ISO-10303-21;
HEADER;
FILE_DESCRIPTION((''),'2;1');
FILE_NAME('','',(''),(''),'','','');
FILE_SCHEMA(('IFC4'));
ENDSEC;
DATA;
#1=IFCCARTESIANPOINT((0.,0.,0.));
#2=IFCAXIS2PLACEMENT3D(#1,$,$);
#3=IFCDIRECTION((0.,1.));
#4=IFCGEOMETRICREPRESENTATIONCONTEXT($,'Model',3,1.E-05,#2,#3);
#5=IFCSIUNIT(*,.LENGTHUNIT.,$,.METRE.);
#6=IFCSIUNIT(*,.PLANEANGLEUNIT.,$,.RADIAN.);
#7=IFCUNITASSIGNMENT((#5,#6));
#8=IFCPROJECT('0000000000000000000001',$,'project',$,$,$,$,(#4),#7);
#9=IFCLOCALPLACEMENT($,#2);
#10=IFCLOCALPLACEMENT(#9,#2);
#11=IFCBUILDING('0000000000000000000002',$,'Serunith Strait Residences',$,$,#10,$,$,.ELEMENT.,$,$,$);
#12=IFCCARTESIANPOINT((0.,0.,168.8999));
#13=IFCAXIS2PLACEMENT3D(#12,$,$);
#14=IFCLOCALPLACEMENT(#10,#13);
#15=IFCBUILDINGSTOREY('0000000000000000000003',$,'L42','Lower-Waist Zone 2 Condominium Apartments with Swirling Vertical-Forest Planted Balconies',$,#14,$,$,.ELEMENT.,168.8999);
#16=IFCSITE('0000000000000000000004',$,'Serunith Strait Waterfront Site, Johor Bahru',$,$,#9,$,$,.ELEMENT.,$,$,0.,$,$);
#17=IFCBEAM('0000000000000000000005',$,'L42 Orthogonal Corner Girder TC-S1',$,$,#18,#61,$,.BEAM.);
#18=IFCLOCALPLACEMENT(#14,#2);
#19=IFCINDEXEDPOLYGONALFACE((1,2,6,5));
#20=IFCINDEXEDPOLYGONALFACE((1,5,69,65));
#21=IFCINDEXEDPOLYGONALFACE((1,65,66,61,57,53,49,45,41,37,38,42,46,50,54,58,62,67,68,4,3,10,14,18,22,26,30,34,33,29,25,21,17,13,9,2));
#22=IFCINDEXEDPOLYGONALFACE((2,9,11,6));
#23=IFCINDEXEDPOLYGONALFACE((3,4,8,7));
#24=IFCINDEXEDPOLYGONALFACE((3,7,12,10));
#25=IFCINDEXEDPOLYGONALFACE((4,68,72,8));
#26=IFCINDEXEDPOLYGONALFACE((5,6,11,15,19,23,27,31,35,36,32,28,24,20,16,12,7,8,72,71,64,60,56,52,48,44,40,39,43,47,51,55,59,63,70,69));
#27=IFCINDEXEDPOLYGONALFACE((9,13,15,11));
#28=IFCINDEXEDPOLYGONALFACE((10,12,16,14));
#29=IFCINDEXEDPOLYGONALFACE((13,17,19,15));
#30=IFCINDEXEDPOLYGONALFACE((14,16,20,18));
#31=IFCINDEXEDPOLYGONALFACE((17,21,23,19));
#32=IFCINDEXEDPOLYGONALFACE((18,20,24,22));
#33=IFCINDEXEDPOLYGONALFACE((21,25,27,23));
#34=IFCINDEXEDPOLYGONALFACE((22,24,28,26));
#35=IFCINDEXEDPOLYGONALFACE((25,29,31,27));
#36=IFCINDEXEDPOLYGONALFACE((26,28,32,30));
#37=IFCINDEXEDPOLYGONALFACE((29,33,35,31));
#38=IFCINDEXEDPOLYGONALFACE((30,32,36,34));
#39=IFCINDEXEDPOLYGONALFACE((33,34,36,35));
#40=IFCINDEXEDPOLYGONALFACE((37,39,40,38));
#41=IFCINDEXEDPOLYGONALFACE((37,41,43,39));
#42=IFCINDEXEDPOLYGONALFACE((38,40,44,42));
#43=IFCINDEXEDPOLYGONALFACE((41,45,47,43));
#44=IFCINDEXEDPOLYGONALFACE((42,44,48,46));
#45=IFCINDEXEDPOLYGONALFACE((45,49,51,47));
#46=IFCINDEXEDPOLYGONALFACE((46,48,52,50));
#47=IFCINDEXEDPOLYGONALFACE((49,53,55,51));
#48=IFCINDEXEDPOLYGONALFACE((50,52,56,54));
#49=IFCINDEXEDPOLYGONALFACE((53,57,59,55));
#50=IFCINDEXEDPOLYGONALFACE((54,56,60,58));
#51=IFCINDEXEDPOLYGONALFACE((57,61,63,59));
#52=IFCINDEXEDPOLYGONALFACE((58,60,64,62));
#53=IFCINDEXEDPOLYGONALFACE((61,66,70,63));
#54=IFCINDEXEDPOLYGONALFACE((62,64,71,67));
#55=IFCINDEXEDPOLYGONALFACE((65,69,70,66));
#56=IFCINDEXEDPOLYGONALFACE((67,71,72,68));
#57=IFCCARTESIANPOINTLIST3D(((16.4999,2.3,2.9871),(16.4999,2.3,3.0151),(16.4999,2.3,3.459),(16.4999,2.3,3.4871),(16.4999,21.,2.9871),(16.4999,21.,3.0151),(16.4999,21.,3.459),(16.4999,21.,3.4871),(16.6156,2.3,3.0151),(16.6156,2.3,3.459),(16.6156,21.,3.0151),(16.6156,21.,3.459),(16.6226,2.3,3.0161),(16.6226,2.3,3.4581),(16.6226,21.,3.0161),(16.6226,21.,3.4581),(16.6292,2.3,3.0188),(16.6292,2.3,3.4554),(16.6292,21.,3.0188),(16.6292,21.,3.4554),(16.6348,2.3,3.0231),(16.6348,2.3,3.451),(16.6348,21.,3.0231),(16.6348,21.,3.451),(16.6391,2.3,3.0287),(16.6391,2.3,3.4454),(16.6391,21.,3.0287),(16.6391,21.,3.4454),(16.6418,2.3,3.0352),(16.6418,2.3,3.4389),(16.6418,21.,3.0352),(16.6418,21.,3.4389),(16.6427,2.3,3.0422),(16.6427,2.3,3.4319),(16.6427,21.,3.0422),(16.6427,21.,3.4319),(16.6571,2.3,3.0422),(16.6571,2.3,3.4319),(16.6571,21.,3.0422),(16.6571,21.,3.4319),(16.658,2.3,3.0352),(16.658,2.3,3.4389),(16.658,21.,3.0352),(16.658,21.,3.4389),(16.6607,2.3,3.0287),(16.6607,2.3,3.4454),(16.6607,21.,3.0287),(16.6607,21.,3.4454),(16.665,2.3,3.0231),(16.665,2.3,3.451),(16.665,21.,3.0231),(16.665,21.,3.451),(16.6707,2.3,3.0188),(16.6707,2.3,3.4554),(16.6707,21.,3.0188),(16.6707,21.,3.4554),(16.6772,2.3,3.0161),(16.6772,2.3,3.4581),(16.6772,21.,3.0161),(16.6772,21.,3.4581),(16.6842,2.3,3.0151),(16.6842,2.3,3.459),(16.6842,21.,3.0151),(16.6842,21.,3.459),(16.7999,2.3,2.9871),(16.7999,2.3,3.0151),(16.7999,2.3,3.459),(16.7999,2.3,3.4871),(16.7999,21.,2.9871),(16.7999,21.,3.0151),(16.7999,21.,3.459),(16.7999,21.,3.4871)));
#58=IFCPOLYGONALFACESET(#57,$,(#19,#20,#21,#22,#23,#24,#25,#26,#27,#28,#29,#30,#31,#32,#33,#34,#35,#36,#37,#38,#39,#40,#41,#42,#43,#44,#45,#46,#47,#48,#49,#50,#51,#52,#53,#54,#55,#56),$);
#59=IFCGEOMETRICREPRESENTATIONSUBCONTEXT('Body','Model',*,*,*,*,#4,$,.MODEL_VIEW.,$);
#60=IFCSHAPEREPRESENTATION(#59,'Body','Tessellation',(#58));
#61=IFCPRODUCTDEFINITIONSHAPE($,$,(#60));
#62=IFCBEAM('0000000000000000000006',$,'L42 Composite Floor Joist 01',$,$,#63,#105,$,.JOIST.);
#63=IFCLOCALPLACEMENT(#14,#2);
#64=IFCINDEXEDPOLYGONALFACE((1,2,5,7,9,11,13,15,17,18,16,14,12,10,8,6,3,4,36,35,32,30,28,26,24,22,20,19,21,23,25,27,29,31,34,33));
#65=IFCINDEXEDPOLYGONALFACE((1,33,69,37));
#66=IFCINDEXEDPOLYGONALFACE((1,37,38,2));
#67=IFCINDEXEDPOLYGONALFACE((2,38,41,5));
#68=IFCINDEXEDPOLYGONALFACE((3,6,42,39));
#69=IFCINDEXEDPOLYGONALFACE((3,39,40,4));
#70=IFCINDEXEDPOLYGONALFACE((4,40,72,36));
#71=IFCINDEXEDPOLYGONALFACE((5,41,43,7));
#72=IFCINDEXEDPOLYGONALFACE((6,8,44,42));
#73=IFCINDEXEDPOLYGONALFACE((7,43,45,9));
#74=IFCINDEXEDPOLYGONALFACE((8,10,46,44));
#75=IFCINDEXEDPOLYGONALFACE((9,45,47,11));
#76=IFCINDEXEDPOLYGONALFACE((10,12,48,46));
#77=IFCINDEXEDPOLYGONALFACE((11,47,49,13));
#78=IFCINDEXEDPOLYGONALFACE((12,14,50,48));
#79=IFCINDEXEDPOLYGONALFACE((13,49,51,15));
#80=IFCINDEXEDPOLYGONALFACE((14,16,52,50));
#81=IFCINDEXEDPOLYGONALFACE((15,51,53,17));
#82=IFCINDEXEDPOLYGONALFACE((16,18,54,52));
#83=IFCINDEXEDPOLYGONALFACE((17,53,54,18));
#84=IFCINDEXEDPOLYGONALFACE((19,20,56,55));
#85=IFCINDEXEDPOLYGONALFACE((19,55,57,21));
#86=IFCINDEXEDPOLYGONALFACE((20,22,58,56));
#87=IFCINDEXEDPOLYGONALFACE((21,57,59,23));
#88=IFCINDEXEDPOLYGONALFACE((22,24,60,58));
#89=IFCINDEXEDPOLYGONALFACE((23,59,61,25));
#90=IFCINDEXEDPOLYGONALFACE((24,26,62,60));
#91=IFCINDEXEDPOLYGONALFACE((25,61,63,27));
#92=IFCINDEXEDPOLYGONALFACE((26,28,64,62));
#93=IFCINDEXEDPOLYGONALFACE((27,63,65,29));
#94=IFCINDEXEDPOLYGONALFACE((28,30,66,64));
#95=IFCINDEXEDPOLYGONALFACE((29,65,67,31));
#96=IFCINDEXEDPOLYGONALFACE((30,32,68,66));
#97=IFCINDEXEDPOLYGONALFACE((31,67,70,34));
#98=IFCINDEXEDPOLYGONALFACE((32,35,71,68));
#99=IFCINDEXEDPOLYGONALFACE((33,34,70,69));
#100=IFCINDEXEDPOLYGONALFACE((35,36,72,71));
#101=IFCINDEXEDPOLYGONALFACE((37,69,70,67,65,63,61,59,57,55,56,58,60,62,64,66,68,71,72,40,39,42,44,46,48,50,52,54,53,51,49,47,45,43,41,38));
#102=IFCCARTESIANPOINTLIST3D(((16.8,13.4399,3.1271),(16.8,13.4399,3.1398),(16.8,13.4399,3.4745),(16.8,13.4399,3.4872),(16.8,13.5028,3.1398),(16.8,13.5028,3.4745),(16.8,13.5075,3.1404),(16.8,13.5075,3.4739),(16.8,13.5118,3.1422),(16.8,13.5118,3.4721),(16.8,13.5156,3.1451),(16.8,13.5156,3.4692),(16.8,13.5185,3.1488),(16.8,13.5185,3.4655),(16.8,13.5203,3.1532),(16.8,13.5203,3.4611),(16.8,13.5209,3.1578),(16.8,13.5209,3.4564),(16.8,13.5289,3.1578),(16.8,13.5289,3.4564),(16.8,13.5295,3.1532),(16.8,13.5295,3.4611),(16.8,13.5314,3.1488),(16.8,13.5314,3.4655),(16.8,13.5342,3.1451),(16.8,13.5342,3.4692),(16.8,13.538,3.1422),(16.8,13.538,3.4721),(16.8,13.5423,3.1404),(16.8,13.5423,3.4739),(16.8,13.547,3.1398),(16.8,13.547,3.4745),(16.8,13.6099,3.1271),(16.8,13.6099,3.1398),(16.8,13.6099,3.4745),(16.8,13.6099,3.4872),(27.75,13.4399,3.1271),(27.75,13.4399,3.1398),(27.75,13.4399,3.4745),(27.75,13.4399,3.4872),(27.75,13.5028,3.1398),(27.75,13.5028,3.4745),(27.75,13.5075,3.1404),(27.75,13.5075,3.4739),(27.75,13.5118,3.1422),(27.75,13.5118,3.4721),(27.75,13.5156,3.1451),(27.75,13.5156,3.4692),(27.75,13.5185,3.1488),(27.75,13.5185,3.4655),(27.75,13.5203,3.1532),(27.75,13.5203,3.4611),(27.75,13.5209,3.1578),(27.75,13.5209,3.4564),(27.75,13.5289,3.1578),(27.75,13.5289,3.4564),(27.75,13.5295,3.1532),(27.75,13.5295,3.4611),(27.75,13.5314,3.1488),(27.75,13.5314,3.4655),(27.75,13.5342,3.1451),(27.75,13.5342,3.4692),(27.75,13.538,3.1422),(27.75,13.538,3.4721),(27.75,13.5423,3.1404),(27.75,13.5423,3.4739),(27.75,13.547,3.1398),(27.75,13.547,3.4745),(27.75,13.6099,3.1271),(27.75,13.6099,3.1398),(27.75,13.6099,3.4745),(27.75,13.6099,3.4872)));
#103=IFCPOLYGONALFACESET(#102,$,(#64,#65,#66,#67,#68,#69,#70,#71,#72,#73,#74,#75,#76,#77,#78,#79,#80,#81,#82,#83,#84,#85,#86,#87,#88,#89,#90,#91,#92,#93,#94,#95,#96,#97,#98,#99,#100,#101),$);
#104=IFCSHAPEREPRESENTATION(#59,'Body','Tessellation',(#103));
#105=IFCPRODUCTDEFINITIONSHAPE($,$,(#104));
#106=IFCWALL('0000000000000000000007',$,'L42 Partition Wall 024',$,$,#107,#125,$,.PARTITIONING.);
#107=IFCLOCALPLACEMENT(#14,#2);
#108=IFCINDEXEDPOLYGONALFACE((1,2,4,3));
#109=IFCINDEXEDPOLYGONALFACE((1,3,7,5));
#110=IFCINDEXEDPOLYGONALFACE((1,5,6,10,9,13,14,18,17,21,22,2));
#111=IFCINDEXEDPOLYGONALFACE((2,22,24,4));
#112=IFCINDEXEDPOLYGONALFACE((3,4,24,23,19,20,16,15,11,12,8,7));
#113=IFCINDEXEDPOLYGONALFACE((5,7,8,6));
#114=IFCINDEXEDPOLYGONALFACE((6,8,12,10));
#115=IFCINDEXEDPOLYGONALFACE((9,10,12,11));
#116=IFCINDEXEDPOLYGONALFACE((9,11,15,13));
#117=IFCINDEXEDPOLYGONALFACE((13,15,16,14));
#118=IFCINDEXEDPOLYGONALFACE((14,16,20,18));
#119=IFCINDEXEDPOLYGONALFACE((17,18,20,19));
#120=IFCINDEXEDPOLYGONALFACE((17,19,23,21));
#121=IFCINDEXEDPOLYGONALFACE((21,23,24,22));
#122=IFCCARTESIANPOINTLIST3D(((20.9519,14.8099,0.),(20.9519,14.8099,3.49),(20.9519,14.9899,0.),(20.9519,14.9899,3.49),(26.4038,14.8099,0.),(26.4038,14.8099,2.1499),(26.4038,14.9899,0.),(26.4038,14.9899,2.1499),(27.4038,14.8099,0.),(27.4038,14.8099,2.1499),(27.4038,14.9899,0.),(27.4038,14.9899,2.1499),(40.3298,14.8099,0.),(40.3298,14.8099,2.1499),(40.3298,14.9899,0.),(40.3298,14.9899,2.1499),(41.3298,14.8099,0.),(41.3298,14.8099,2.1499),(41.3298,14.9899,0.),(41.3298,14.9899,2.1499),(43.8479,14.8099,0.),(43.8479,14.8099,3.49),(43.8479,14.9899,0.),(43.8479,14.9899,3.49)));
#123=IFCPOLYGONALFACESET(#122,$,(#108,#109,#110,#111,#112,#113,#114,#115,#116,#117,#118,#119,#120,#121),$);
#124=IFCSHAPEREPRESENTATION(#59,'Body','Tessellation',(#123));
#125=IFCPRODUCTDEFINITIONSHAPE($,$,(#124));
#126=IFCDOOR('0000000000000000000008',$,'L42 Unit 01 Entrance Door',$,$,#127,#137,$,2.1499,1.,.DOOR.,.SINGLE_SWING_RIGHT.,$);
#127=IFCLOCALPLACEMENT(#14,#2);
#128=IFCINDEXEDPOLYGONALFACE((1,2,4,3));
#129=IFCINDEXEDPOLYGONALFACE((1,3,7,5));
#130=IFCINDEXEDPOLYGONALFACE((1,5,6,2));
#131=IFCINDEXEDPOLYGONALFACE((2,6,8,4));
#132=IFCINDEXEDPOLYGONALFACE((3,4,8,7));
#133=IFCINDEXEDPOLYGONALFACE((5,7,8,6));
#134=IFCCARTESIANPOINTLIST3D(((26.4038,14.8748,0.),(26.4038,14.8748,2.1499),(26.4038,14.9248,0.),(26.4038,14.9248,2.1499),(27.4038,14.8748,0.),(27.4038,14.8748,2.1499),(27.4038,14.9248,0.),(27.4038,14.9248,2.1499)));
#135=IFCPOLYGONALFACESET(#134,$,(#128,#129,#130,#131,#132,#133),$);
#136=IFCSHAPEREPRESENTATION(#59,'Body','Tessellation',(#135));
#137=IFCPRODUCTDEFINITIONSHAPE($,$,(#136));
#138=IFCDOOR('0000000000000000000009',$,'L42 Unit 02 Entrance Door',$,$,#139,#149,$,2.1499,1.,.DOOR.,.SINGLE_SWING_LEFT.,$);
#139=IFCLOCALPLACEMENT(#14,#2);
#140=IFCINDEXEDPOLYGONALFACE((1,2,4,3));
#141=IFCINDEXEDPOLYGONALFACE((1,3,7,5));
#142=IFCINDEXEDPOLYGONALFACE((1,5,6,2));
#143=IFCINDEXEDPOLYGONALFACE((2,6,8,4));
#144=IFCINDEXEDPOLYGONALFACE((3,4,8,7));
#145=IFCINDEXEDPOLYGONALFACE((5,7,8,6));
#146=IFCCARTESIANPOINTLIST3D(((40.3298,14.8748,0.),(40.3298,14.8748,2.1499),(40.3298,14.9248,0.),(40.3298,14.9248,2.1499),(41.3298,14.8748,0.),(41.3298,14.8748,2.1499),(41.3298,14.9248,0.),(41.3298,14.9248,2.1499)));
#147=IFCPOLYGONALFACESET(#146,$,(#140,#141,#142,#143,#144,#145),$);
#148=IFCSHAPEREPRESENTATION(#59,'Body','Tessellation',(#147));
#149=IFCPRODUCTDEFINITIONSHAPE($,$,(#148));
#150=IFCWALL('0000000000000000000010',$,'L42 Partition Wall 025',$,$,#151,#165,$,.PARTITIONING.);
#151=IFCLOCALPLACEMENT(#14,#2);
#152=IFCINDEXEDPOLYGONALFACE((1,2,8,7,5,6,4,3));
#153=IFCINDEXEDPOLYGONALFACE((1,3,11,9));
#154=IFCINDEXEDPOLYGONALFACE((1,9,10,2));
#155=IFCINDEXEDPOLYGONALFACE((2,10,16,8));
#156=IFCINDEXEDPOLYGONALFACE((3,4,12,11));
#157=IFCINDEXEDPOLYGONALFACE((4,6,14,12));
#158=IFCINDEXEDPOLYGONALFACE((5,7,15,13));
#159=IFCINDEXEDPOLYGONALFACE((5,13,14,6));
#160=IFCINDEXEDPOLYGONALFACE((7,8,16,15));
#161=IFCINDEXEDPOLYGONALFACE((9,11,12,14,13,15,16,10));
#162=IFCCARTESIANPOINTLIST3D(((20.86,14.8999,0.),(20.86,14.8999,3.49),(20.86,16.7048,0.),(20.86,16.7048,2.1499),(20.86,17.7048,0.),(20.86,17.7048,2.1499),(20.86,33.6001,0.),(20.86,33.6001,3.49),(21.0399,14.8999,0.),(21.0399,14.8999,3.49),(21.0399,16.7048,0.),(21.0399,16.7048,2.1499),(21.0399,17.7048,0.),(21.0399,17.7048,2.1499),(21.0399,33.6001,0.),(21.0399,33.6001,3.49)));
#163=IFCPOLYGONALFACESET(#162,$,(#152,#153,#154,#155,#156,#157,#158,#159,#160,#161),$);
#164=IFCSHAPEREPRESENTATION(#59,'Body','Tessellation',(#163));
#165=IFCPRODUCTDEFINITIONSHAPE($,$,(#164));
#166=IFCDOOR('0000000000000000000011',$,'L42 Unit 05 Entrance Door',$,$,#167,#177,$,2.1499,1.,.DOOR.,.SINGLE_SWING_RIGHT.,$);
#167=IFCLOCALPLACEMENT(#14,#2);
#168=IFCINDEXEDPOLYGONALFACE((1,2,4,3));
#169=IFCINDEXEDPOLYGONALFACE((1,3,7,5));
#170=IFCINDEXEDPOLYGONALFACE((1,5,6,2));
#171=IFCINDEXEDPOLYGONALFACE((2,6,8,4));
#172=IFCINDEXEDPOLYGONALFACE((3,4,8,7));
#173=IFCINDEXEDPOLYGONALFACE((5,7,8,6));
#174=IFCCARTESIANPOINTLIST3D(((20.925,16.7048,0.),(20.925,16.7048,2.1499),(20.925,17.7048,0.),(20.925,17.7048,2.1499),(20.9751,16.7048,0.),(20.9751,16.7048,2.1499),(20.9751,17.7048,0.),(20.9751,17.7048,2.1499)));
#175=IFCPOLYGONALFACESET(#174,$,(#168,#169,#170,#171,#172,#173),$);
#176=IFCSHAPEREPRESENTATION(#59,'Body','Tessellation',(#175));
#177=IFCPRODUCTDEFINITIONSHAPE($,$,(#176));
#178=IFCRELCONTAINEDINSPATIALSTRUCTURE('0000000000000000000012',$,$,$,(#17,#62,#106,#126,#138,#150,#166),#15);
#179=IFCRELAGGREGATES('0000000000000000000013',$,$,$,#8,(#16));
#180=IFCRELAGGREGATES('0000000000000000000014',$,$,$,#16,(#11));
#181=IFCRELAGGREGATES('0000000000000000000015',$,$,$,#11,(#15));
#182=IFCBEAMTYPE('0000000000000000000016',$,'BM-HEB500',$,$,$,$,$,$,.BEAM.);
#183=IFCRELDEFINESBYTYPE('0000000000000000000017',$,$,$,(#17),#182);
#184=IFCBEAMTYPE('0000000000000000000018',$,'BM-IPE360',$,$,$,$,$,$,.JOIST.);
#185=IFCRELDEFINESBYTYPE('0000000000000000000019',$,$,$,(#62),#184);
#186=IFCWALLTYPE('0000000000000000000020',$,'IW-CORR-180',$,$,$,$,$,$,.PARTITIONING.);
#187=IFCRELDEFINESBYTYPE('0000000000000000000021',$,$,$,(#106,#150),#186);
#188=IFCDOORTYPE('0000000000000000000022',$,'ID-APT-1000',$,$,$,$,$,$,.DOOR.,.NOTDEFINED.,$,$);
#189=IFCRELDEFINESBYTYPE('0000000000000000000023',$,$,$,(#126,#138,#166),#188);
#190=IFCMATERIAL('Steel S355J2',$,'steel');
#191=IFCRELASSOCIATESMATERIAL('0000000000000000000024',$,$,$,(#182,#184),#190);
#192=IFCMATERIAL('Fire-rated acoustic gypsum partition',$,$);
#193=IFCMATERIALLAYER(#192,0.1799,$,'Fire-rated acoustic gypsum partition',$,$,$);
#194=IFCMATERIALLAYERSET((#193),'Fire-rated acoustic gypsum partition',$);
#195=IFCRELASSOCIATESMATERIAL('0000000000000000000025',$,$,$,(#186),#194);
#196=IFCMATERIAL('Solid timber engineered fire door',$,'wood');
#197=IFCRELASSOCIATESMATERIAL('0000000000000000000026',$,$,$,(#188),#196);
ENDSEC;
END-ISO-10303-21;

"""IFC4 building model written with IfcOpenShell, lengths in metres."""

from ifc_helpers import new_model, si_unit, direction, frame, frame_2d, origin, origin_2d, place, context, subcontext, project, spatial, rectangle, i_section, extrude, source, transform, mapped, material, layer, layer_set, material_profile, profile_set, type_object, element, fill, save


model = new_model("IFC4")

# Units and contexts
model_context = context("Model", 3, precision=1e-05, world=origin(), true_north=direction((0.0, 1.0)))
body_context = subcontext(model_context, "Body", "Model", "MODEL_VIEW")
ifc_project = project(units=[si_unit("LENGTHUNIT", "METRE"), si_unit("PLANEANGLEUNIT", "RADIAN")], contexts=[model_context])

# Site, building, storey
site_placement = place(None, origin())
site = spatial("IfcSite", under=ifc_project, at=site_placement, Name="Serunith Strait Waterfront Site, Johor Bahru", CompositionType="ELEMENT", RefElevation=0.0)
building_placement = place(site_placement, origin())
building = spatial("IfcBuilding", under=site, at=building_placement, Name="Serunith Strait Residences", CompositionType="ELEMENT")
storey_placement = place(building_placement, frame((0.0, 0.0, 168.8999)))
storey = spatial("IfcBuildingStorey", under=building, at=storey_placement, Name="L42", Description="Lower-Waist Zone 2 Condominium Apartments with Swirling Vertical-Forest Planted Balconies", CompositionType="ELEMENT", Elevation=168.8999)

# Beams
ifc_material_1 = material(Name="Steel S355J2", Category="steel")
ifc_material_profile_1 = material_profile(ifc_material_1, i_section(OverallWidth=0.3, OverallDepth=0.5, WebThickness=0.0144, FlangeThickness=0.0281, FilletRadius=0.0271, at=origin_2d()), Name="HEB 500")
ifc_profile_set_1 = profile_set([ifc_material_profile_1], Name="Steel S355J2")
beam_type_1 = type_object("IfcBeamType", Name="BM-HEB500", PredefinedType="BEAM", material=ifc_profile_set_1)
shared_shape_1 = source(origin(), body_context, "Body", "SweptSolid", [
    extrude(i_section(OverallWidth=0.3, OverallDepth=0.5, WebThickness=0.0144, FlangeThickness=0.0281, FilletRadius=0.0271, at=origin_2d()), origin(), (0.0, 0.0, 1.0), 18.7),
])
beam_1_placement = place(storey_placement, frame((16.6499, 21.0, 3.2371), z_axis=(0.0, -1.0, 0.0), x_axis=(1.0, 0.0, 0.0)))
element("IfcBeam", 1, at=beam_1_placement, inside=storey, type_object=beam_type_1, Name="L42 Orthogonal Corner Girder TC-S1", PredefinedType="BEAM", context=body_context, shape_type="MappedRepresentation", body=[
    mapped(shared_shape_1, transform((0.0, 0.0, 0.0), scale=1.0)),
])
ifc_material_profile_2 = material_profile(ifc_material_1, i_section(OverallWidth=0.1699, OverallDepth=0.3601, WebThickness=0.0081, FlangeThickness=0.0127, FilletRadius=0.0181, at=origin_2d()), Name="IPE 360")
ifc_profile_set_2 = profile_set([ifc_material_profile_2], Name="Steel S355J2")
beam_type_2 = type_object("IfcBeamType", Name="BM-IPE360", PredefinedType="JOIST", material=ifc_profile_set_2)
shared_shape_2 = source(origin(), body_context, "Body", "SweptSolid", [
    extrude(i_section(OverallWidth=0.1699, OverallDepth=0.3601, WebThickness=0.0081, FlangeThickness=0.0127, FilletRadius=0.0181, at=origin_2d()), origin(), (0.0, 0.0, 1.0), 10.95),
])
beam_2_placement = place(storey_placement, frame((16.8, 13.5249, 3.3071), z_axis=(1.0, 0.0, 0.0), x_axis=(0.0, 1.0, 0.0)))
element("IfcBeam", 2, at=beam_2_placement, inside=storey, type_object=beam_type_2, Name="L42 Composite Floor Joist 01", PredefinedType="JOIST", context=body_context, shape_type="MappedRepresentation", body=[
    mapped(shared_shape_2, transform((0.0, 0.0, 0.0), scale=1.0)),
])

# Wall, openings, doors
ifc_material_2 = material(Name="Fire-rated acoustic gypsum partition")
ifc_layer_1 = layer(ifc_material_2, 0.1799, Name="Fire-rated acoustic gypsum partition")
ifc_layer_set_1 = layer_set([ifc_layer_1], Name="Fire-rated acoustic gypsum partition")
wall_type_1 = type_object("IfcWallType", Name="IW-CORR-180", PredefinedType="PARTITIONING", material=ifc_layer_set_1)
wall_1_placement = place(storey_placement, frame((20.9519, 14.8999, 0.0), z_axis=(0.0, 0.0, 1.0), x_axis=(1.0, 0.0, 0.0)))
wall_1 = element("IfcWall", 3, at=wall_1_placement, inside=storey, type_object=wall_type_1, Name="L42 Partition Wall 024", PredefinedType="PARTITIONING", context=body_context, shape_type="SweptSolid", body=[
    extrude(rectangle(XDim=22.896, YDim=0.1799, at=frame_2d((11.448, 0.0))), origin(), (0.0, 0.0, 1.0), 3.49),
])
opening_1_placement = place(wall_1_placement, frame((5.4519, 0.0, 0.0)))
opening_1 = element("IfcOpeningElement", 4, at=opening_1_placement, cuts=wall_1, PredefinedType="OPENING", context=body_context, shape_type="SweptSolid", body=[
    extrude(rectangle(XDim=1.0, YDim=2.1499, at=frame_2d((0.5, 1.075))), frame((0.0, 0.1001, 0.0), z_axis=(0.0, -1.0, 0.0), x_axis=(1.0, 0.0, 0.0)), (0.0, 0.0, 1.0), 0.2),
])
opening_2_placement = place(wall_1_placement, frame((19.3779, 0.0, 0.0)))
opening_2 = element("IfcOpeningElement", 5, at=opening_2_placement, cuts=wall_1, PredefinedType="OPENING", context=body_context, shape_type="SweptSolid", body=[
    extrude(rectangle(XDim=1.0, YDim=2.1499, at=frame_2d((0.5, 1.075))), frame((0.0, 0.1001, 0.0), z_axis=(0.0, -1.0, 0.0), x_axis=(1.0, 0.0, 0.0)), (0.0, 0.0, 1.0), 0.2),
])
ifc_material_3 = material(Name="Solid timber engineered fire door", Category="wood")
door_type_1 = type_object("IfcDoorType", Name="ID-APT-1000", OperationType="NOTDEFINED", PredefinedType="DOOR", material=ifc_material_3)
shared_shape_3 = source(origin(), body_context, "Body", "SweptSolid", [
    extrude(rectangle(XDim=1.0, YDim=2.1499, at=frame_2d((0.5, 1.075))), frame((0.0, 0.0249, 0.0), z_axis=(0.0, -1.0, 0.0), x_axis=(1.0, 0.0, 0.0)), (0.0, 0.0, 1.0), 0.05),
])
door_1_placement = place(opening_1_placement, origin())
door_1 = element("IfcDoor", 6, at=door_1_placement, inside=storey, type_object=door_type_1, Name="L42 Unit 01 Entrance Door", OperationType="SINGLE_SWING_RIGHT", OverallHeight=2.1499, OverallWidth=1.0, PredefinedType="DOOR", context=body_context, shape_type="MappedRepresentation", body=[
    mapped(shared_shape_3, transform((0.0, 0.0, 0.0), scale=1.0)),
])
fill(opening_1, door_1)
door_2_placement = place(opening_2_placement, origin())
door_2 = element("IfcDoor", 7, at=door_2_placement, inside=storey, type_object=door_type_1, Name="L42 Unit 02 Entrance Door", OperationType="SINGLE_SWING_LEFT", OverallHeight=2.1499, OverallWidth=1.0, PredefinedType="DOOR", context=body_context, shape_type="MappedRepresentation", body=[
    mapped(shared_shape_3, transform((0.0, 0.0, 0.0), scale=1.0)),
])
fill(opening_2, door_2)

# Wall, opening, door
wall_2_placement = place(storey_placement, frame((20.95, 14.8999, 0.0), z_axis=(0.0, 0.0, 1.0), x_axis=(0.0, 1.0, 0.0)))
wall_2 = element("IfcWall", 8, at=wall_2_placement, inside=storey, type_object=wall_type_1, Name="L42 Partition Wall 025", PredefinedType="PARTITIONING", context=body_context, shape_type="SweptSolid", body=[
    extrude(rectangle(XDim=18.7002, YDim=0.1799, at=frame_2d((9.3501, 0.0))), origin(), (0.0, 0.0, 1.0), 3.49),
])
opening_3_placement = place(wall_2_placement, frame((1.8049, 0.0, 0.0)))
opening_3 = element("IfcOpeningElement", 9, at=opening_3_placement, cuts=wall_2, PredefinedType="OPENING", context=body_context, shape_type="SweptSolid", body=[
    extrude(rectangle(XDim=1.0, YDim=2.1499, at=frame_2d((0.5, 1.075))), frame((0.0, 0.1001, 0.0), z_axis=(0.0, -1.0, 0.0), x_axis=(1.0, 0.0, 0.0)), (0.0, 0.0, 1.0), 0.2),
])
door_3_placement = place(opening_3_placement, origin())
door_3 = element("IfcDoor", 10, at=door_3_placement, inside=storey, type_object=door_type_1, Name="L42 Unit 05 Entrance Door", OperationType="SINGLE_SWING_RIGHT", OverallHeight=2.1499, OverallWidth=1.0, PredefinedType="DOOR", context=body_context, shape_type="MappedRepresentation", body=[
    mapped(shared_shape_3, transform((0.0, 0.0, 0.0), scale=1.0)),
])
fill(opening_3, door_3)

save(model, "model.ifc")
